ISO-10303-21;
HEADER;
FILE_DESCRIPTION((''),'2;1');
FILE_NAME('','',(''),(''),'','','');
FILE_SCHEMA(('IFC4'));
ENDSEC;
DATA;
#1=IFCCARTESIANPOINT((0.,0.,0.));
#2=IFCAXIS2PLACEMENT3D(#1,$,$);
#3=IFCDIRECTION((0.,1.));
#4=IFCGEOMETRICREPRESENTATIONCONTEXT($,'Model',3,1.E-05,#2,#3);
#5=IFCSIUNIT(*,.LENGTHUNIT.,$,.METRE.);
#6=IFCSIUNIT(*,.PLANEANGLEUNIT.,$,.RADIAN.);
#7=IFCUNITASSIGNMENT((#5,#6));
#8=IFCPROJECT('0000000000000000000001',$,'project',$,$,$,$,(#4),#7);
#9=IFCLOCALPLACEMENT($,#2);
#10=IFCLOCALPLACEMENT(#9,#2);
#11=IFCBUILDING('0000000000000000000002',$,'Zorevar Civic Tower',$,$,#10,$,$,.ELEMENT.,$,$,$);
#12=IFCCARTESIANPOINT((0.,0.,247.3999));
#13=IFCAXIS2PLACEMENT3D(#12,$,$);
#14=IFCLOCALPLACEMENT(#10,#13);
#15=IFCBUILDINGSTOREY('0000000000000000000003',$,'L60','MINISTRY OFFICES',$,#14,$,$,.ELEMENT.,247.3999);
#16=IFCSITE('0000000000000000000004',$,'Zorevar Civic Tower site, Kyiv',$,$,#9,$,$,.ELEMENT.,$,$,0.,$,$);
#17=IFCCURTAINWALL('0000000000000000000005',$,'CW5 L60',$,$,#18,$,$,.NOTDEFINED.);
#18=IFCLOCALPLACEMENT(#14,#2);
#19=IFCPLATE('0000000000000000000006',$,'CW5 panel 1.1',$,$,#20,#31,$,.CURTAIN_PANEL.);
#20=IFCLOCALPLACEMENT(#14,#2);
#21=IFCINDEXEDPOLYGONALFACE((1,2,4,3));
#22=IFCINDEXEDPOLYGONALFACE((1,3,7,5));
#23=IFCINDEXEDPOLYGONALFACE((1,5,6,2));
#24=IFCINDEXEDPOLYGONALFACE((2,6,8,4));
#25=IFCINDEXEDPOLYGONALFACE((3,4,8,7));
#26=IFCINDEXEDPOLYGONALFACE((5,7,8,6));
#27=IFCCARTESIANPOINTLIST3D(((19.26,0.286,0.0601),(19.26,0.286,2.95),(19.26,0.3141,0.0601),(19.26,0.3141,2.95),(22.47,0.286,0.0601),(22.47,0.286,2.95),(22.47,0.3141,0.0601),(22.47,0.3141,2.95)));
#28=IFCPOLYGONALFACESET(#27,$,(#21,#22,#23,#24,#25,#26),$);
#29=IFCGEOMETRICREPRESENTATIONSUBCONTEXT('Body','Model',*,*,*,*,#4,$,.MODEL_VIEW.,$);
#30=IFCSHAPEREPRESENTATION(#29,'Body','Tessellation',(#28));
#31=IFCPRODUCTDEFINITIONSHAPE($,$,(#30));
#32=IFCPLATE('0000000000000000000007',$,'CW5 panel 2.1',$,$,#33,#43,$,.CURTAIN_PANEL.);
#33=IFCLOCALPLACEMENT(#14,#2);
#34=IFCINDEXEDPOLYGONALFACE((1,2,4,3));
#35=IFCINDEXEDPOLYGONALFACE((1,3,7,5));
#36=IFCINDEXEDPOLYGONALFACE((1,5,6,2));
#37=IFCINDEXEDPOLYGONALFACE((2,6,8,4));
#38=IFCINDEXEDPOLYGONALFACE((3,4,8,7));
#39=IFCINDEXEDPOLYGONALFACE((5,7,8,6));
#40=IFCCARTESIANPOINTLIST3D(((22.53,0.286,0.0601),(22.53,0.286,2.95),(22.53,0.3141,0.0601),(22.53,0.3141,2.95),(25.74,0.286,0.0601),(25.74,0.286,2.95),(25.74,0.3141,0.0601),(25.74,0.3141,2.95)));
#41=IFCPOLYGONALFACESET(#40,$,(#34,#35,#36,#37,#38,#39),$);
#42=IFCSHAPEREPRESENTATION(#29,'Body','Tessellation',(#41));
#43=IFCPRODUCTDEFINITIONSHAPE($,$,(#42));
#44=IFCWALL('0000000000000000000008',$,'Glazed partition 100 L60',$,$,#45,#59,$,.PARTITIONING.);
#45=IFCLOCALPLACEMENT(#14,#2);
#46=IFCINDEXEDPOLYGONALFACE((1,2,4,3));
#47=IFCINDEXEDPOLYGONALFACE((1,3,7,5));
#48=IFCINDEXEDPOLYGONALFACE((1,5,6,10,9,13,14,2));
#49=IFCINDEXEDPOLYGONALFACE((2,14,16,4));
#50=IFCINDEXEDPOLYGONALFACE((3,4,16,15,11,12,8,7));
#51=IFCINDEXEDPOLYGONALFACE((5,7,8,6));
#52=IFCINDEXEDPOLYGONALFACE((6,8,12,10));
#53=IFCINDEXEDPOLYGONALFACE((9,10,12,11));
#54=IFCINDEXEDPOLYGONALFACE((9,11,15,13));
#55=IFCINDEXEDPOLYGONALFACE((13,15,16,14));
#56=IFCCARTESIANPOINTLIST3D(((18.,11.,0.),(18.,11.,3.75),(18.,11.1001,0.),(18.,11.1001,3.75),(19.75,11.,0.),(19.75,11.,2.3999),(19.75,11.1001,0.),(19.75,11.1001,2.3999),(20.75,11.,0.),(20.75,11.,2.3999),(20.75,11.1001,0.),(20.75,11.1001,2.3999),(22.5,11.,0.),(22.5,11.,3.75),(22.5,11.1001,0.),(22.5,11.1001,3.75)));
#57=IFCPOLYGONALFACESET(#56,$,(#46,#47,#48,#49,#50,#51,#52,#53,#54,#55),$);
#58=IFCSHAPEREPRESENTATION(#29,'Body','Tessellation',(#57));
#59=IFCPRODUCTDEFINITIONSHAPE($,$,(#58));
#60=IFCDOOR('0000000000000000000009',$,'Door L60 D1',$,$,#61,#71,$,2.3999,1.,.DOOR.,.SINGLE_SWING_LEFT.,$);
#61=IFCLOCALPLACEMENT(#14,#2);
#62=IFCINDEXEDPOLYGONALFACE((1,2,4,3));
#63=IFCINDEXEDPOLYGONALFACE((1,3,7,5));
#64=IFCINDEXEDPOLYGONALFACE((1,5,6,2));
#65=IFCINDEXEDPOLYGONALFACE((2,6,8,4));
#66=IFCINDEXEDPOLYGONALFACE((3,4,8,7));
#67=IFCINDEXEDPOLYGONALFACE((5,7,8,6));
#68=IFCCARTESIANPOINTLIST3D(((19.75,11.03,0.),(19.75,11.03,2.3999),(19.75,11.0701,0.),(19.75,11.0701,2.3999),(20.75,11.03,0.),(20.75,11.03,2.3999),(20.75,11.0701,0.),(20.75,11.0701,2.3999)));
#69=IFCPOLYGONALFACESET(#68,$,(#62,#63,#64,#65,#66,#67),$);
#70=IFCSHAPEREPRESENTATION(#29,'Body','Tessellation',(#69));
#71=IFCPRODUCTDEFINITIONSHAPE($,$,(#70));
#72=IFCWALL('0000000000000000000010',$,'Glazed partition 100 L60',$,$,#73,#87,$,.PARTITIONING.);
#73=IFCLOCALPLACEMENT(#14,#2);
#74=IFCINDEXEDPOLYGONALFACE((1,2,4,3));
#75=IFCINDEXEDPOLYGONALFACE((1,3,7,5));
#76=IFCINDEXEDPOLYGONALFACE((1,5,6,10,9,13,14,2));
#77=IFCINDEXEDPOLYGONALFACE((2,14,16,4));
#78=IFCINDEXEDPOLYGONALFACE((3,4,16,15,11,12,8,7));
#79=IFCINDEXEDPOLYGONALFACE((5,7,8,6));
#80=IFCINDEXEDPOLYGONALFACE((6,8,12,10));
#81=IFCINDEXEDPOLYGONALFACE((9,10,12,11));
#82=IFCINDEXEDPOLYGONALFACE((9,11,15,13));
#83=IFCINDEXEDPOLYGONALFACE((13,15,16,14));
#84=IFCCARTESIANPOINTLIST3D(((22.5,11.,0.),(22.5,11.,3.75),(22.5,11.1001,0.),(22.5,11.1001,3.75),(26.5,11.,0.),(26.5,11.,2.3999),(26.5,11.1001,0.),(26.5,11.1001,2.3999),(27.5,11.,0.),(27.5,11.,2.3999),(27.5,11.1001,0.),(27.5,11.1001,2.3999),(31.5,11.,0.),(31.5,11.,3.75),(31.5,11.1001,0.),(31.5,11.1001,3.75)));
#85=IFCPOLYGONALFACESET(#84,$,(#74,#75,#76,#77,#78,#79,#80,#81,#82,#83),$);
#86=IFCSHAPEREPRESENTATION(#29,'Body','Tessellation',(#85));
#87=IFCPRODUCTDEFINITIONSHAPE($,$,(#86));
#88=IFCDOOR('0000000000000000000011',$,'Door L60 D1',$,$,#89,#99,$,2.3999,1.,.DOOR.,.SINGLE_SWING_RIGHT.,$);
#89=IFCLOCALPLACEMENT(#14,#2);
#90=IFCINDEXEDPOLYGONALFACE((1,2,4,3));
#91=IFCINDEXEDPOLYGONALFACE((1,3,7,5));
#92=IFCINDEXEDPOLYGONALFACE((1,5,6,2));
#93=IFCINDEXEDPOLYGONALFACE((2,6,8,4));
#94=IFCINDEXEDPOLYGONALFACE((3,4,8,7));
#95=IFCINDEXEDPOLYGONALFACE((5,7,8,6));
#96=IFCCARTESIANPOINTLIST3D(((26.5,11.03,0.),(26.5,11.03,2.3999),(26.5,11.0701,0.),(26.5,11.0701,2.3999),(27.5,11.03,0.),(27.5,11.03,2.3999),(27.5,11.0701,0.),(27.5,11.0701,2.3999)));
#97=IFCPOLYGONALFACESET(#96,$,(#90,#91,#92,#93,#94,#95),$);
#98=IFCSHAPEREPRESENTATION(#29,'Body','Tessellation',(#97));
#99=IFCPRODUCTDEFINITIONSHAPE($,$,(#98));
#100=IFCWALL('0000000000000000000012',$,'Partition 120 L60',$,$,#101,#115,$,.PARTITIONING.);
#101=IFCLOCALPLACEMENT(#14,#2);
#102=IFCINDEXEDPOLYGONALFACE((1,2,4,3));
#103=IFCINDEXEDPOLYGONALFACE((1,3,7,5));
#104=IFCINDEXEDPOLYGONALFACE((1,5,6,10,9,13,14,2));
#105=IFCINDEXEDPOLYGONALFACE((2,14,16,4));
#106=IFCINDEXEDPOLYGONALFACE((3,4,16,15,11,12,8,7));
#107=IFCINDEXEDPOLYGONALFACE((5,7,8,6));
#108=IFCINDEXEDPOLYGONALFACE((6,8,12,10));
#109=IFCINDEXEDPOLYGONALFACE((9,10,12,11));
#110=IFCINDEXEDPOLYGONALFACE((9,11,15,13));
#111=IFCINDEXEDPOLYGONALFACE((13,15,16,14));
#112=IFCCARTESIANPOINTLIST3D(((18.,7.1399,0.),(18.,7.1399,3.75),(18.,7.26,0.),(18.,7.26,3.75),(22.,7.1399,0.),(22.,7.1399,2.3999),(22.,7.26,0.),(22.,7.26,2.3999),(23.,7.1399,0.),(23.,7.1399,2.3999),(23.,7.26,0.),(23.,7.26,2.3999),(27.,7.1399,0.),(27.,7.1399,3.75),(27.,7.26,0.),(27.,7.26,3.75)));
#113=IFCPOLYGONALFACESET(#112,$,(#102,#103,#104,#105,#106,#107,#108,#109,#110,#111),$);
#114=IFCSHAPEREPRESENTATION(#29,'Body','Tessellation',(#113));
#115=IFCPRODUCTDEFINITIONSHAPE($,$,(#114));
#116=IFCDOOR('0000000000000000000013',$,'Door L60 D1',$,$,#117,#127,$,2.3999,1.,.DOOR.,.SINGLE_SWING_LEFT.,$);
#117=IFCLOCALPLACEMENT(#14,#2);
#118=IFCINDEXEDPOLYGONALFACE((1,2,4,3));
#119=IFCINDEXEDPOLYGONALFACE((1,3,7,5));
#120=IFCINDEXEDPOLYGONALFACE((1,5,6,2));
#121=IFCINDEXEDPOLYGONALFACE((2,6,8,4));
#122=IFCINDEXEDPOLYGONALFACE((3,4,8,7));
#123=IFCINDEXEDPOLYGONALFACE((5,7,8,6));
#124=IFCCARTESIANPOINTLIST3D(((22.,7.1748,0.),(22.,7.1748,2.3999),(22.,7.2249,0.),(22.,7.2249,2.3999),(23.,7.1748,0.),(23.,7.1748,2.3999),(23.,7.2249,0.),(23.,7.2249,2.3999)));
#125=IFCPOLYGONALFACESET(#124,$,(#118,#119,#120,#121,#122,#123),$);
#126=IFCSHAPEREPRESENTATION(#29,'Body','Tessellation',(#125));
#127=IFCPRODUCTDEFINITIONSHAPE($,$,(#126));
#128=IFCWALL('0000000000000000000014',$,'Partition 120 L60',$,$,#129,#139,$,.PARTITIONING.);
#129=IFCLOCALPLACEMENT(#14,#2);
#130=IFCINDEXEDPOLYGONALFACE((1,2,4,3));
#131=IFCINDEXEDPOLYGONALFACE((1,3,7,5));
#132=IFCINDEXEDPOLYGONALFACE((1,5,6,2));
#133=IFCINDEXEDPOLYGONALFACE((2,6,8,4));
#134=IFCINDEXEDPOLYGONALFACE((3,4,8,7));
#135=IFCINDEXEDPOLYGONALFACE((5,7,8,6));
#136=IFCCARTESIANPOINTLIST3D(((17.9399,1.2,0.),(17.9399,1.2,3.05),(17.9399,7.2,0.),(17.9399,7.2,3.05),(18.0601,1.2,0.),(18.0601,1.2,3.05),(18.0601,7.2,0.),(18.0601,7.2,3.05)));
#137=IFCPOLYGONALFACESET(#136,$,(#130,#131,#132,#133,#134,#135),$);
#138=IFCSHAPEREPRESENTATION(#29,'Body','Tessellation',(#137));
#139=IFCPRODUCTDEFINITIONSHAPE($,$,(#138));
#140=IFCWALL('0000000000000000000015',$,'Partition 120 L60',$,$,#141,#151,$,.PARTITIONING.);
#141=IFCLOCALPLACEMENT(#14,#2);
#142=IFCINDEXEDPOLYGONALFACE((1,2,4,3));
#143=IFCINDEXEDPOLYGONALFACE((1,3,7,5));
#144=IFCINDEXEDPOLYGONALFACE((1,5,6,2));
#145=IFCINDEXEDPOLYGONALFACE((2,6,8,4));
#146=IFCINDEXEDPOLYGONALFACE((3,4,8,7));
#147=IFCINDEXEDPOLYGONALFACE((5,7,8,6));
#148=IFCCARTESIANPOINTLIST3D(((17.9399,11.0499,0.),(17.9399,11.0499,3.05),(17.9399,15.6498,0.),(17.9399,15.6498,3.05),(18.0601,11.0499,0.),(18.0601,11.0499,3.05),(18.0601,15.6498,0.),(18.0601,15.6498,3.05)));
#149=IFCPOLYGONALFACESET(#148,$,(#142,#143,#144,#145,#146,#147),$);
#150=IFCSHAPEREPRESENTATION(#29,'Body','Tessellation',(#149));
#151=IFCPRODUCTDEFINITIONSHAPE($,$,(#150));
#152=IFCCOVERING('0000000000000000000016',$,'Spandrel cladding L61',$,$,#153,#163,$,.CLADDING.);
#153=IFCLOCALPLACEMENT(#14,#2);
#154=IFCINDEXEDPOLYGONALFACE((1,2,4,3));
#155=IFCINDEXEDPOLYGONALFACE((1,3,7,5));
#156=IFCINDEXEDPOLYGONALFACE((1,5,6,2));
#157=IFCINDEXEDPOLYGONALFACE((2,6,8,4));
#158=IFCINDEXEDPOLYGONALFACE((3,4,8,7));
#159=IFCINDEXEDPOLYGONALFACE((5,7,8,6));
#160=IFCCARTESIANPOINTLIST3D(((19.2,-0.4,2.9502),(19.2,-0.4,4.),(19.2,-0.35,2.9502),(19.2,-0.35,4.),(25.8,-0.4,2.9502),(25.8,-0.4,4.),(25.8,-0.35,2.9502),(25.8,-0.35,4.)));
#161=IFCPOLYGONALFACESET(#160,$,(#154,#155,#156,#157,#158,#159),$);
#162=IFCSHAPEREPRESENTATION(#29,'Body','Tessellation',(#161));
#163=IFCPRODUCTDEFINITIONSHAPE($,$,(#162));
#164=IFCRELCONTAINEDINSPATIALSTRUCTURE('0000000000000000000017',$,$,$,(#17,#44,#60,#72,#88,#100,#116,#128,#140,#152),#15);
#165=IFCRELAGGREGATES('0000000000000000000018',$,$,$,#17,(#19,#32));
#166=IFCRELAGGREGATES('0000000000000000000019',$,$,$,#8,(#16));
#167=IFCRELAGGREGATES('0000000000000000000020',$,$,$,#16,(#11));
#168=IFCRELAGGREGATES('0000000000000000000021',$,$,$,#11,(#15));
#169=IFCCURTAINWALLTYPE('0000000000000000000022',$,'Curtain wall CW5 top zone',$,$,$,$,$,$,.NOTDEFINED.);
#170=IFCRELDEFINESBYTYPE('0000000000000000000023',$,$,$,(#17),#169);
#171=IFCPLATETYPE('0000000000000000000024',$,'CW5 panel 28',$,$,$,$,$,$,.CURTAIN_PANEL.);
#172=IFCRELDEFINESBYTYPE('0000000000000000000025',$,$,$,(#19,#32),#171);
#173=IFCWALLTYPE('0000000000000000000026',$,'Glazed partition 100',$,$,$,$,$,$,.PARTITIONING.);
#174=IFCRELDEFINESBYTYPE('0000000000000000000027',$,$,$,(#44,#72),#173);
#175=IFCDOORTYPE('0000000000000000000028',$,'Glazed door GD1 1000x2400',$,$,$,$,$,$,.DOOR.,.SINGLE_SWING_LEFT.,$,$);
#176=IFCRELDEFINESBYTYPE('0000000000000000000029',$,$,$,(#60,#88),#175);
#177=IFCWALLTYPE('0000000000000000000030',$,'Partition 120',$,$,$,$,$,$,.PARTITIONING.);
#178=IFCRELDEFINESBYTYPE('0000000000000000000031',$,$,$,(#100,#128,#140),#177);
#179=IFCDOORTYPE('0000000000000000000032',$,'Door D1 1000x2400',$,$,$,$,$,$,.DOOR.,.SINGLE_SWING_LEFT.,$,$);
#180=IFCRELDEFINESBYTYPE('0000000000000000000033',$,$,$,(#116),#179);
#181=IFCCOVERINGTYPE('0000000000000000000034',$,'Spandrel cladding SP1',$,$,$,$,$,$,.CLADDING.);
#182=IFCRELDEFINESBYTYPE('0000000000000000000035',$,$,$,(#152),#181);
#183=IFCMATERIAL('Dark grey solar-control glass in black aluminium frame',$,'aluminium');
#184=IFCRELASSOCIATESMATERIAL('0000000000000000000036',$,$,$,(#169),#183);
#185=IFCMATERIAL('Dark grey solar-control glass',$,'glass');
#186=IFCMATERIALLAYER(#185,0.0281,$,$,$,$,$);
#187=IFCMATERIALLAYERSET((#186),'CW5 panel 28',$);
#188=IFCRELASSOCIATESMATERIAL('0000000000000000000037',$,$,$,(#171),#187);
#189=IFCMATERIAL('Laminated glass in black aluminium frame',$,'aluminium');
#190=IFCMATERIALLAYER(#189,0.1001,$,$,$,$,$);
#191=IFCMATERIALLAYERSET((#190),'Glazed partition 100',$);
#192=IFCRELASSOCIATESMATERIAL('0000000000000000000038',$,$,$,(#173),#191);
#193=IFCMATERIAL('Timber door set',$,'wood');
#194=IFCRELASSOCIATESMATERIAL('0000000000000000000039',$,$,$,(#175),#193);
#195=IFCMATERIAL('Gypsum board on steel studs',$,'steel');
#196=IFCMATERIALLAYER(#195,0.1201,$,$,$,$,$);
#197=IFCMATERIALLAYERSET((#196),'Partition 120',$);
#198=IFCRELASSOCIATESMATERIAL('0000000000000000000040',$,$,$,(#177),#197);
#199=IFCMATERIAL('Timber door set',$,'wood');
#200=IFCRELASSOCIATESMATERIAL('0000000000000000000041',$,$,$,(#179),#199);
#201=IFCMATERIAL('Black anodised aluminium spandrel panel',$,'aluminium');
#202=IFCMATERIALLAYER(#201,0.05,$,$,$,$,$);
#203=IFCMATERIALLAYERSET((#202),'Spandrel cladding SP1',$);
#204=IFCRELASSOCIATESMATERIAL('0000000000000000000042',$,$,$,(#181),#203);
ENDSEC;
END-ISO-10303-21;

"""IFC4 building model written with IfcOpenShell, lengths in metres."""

from ifc_helpers import new_model, si_unit, direction, frame, frame_2d, origin, origin_2d, place, context, subcontext, project, spatial, rectangle, extrude, material, layer, layer_set, type_object, element, fill, aggregate, save


model = new_model("IFC4")

# Units and contexts
model_context = context("Model", 3, precision=1e-05, world=origin(), true_north=direction((0.0, 1.0)))
body_context = subcontext(model_context, "Body", "Model", "MODEL_VIEW")
ifc_project = project(units=[si_unit("LENGTHUNIT", "METRE"), si_unit("PLANEANGLEUNIT", "RADIAN")], contexts=[model_context])

# Site, building, storey
site_placement = place(None, origin())
site = spatial("IfcSite", under=ifc_project, at=site_placement, Name="Zorevar Civic Tower site, Kyiv", CompositionType="ELEMENT", RefElevation=0.0)
building_placement = place(site_placement, origin())
building = spatial("IfcBuilding", under=site, at=building_placement, Name="Zorevar Civic Tower", CompositionType="ELEMENT")
storey_placement = place(building_placement, frame((0.0, 0.0, 247.3999)))
storey = spatial("IfcBuildingStorey", under=building, at=storey_placement, Name="L60", Description="MINISTRY OFFICES", CompositionType="ELEMENT", Elevation=247.3999)

# Curtain wall
ifc_material_1 = material(Name="Dark grey solar-control glass in black aluminium frame", Category="aluminium")
curtain_wall_type = type_object("IfcCurtainWallType", Name="Curtain wall CW5 top zone", PredefinedType="NOTDEFINED", material=ifc_material_1)
curtain_wall_placement = place(storey_placement, origin())
curtain_wall = element("IfcCurtainWall", 1, at=curtain_wall_placement, inside=storey, type_object=curtain_wall_type, Name="CW5 L60", PredefinedType="NOTDEFINED")

# Plates
ifc_material_2 = material(Name="Dark grey solar-control glass", Category="glass")
ifc_layer_1 = layer(ifc_material_2, 0.0281)
ifc_layer_set_1 = layer_set([ifc_layer_1], Name="CW5 panel 28")
plate_type = type_object("IfcPlateType", Name="CW5 panel 28", PredefinedType="CURTAIN_PANEL", material=ifc_layer_set_1)
plate_1_placement = place(storey_placement, frame((20.865, 0.3, 0.0601), z_axis=(0.0, 0.0, 1.0), x_axis=(1.0, 0.0, 0.0)))
plate_1 = element("IfcPlate", 2, at=plate_1_placement, type_object=plate_type, Name="CW5 panel 1.1", PredefinedType="CURTAIN_PANEL", context=body_context, shape_type="SweptSolid", body=[
    extrude(rectangle(XDim=3.21, YDim=0.0281, at=origin_2d()), origin(), (0.0, 0.0, 1.0), 2.8899),
])
plate_2_placement = place(storey_placement, frame((24.135, 0.3, 0.0601), z_axis=(0.0, 0.0, 1.0), x_axis=(1.0, 0.0, 0.0)))
plate_2 = element("IfcPlate", 3, at=plate_2_placement, type_object=plate_type, Name="CW5 panel 2.1", PredefinedType="CURTAIN_PANEL", context=body_context, shape_type="SweptSolid", body=[
    extrude(rectangle(XDim=3.21, YDim=0.0281, at=origin_2d()), origin(), (0.0, 0.0, 1.0), 2.8899),
])
aggregate(curtain_wall, [plate_1, plate_2])

# Walls, openings, doors
ifc_material_3 = material(Name="Laminated glass in black aluminium frame", Category="aluminium")
ifc_layer_2 = layer(ifc_material_3, 0.1001)
ifc_layer_set_2 = layer_set([ifc_layer_2], Name="Glazed partition 100")
wall_type_1 = type_object("IfcWallType", Name="Glazed partition 100", PredefinedType="PARTITIONING", material=ifc_layer_set_2)
wall_1_placement = place(storey_placement, frame((18.0, 11.05, 0.0), z_axis=(0.0, 0.0, 1.0), x_axis=(1.0, 0.0, 0.0)))
wall_1 = element("IfcWall", 4, at=wall_1_placement, inside=storey, type_object=wall_type_1, Name="Glazed partition 100 L60", PredefinedType="PARTITIONING", context=body_context, shape_type="SweptSolid", body=[
    extrude(rectangle(XDim=4.5, YDim=0.1001, at=frame_2d((2.25, 0.0))), origin(), (0.0, 0.0, 1.0), 3.75),
])
opening_1_placement = place(wall_1_placement, frame((1.75, 0.0, 0.0)))
opening_1 = element("IfcOpeningElement", 5, at=opening_1_placement, cuts=wall_1, PredefinedType="OPENING", context=body_context, shape_type="SweptSolid", body=[
    extrude(rectangle(XDim=1.0, YDim=2.3999, at=frame_2d((0.5, 1.2))), frame((0.0, 0.0601, 0.0), z_axis=(0.0, -1.0, 0.0), x_axis=(1.0, 0.0, 0.0)), (0.0, 0.0, 1.0), 0.1201),
])
ifc_material_4 = material(Name="Timber door set", Category="wood")
door_type_1 = type_object("IfcDoorType", Name="Glazed door GD1 1000x2400", OperationType="SINGLE_SWING_LEFT", PredefinedType="DOOR", material=ifc_material_4)
door_1_placement = place(opening_1_placement, origin())
door_1 = element("IfcDoor", 6, at=door_1_placement, inside=storey, type_object=door_type_1, Name="Door L60 D1", OperationType="SINGLE_SWING_LEFT", OverallHeight=2.3999, OverallWidth=1.0, PredefinedType="DOOR", context=body_context, shape_type="SweptSolid", body=[
    extrude(rectangle(XDim=1.0, YDim=2.3999, at=frame_2d((0.5, 1.2))), frame((0.0, 0.02, 0.0), z_axis=(0.0, -1.0, 0.0), x_axis=(1.0, 0.0, 0.0)), (0.0, 0.0, 1.0), 0.04),
])
fill(opening_1, door_1)
wall_2_placement = place(storey_placement, frame((22.5, 11.05, 0.0), z_axis=(0.0, 0.0, 1.0), x_axis=(1.0, 0.0, 0.0)))
wall_2 = element("IfcWall", 7, at=wall_2_placement, inside=storey, type_object=wall_type_1, Name="Glazed partition 100 L60", PredefinedType="PARTITIONING", context=body_context, shape_type="SweptSolid", body=[
    extrude(rectangle(XDim=9.0, YDim=0.1001, at=frame_2d((4.5, 0.0))), origin(), (0.0, 0.0, 1.0), 3.75),
])
opening_2_placement = place(wall_2_placement, frame((4.0, 0.0, 0.0)))
opening_2 = element("IfcOpeningElement", 8, at=opening_2_placement, cuts=wall_2, PredefinedType="OPENING", context=body_context, shape_type="SweptSolid", body=[
    extrude(rectangle(XDim=1.0, YDim=2.3999, at=frame_2d((0.5, 1.2))), frame((0.0, 0.0601, 0.0), z_axis=(0.0, -1.0, 0.0), x_axis=(1.0, 0.0, 0.0)), (0.0, 0.0, 1.0), 0.1201),
])
door_2_placement = place(opening_2_placement, origin())
door_2 = element("IfcDoor", 9, at=door_2_placement, inside=storey, type_object=door_type_1, Name="Door L60 D1", OperationType="SINGLE_SWING_RIGHT", OverallHeight=2.3999, OverallWidth=1.0, PredefinedType="DOOR", context=body_context, shape_type="SweptSolid", body=[
    extrude(rectangle(XDim=1.0, YDim=2.3999, at=frame_2d((0.5, 1.2))), frame((0.0, 0.02, 0.0), z_axis=(0.0, -1.0, 0.0), x_axis=(1.0, 0.0, 0.0)), (0.0, 0.0, 1.0), 0.04),
])
fill(opening_2, door_2)
ifc_material_5 = material(Name="Gypsum board on steel studs", Category="steel")
ifc_layer_3 = layer(ifc_material_5, 0.1201)
ifc_layer_set_3 = layer_set([ifc_layer_3], Name="Partition 120")
wall_type_2 = type_object("IfcWallType", Name="Partition 120", PredefinedType="PARTITIONING", material=ifc_layer_set_3)
wall_3_placement = place(storey_placement, frame((18.0, 7.2, 0.0), z_axis=(0.0, 0.0, 1.0), x_axis=(1.0, 0.0, 0.0)))
wall_3 = element("IfcWall", 10, at=wall_3_placement, inside=storey, type_object=wall_type_2, Name="Partition 120 L60", PredefinedType="PARTITIONING", context=body_context, shape_type="SweptSolid", body=[
    extrude(rectangle(XDim=9.0, YDim=0.1201, at=frame_2d((4.5, 0.0))), origin(), (0.0, 0.0, 1.0), 3.75),
])
opening_3_placement = place(wall_3_placement, frame((4.0, 0.0, 0.0)))
opening_3 = element("IfcOpeningElement", 11, at=opening_3_placement, cuts=wall_3, PredefinedType="OPENING", context=body_context, shape_type="SweptSolid", body=[
    extrude(rectangle(XDim=1.0, YDim=2.3999, at=frame_2d((0.5, 1.2))), frame((0.0, 0.0701, 0.0), z_axis=(0.0, -1.0, 0.0), x_axis=(1.0, 0.0, 0.0)), (0.0, 0.0, 1.0), 0.1401),
])
ifc_material_6 = material(Name="Timber door set", Category="wood")
door_type_2 = type_object("IfcDoorType", Name="Door D1 1000x2400", OperationType="SINGLE_SWING_LEFT", PredefinedType="DOOR", material=ifc_material_6)
door_3_placement = place(opening_3_placement, origin())
door_3 = element("IfcDoor", 12, at=door_3_placement, inside=storey, type_object=door_type_2, Name="Door L60 D1", OperationType="SINGLE_SWING_LEFT", OverallHeight=2.3999, OverallWidth=1.0, PredefinedType="DOOR", context=body_context, shape_type="SweptSolid", body=[
    extrude(rectangle(XDim=1.0, YDim=2.3999, at=frame_2d((0.5, 1.2))), frame((0.0, 0.0249, 0.0), z_axis=(0.0, -1.0, 0.0), x_axis=(1.0, 0.0, 0.0)), (0.0, 0.0, 1.0), 0.05),
])
fill(opening_3, door_3)

# Walls
wall_4_placement = place(storey_placement, frame((18.0, 1.2, 0.0), z_axis=(0.0, 0.0, 1.0), x_axis=(0.0, 1.0, 0.0)))
element("IfcWall", 13, at=wall_4_placement, inside=storey, type_object=wall_type_2, Name="Partition 120 L60", PredefinedType="PARTITIONING", context=body_context, shape_type="SweptSolid", body=[
    extrude(rectangle(XDim=6.0, YDim=0.1201, at=frame_2d((3.0, 0.0))), origin(), (0.0, 0.0, 1.0), 3.05),
])
wall_5_placement = place(storey_placement, frame((18.0, 11.05, 0.0), z_axis=(0.0, 0.0, 1.0), x_axis=(0.0, 1.0, 0.0)))
element("IfcWall", 14, at=wall_5_placement, inside=storey, type_object=wall_type_2, Name="Partition 120 L60", PredefinedType="PARTITIONING", context=body_context, shape_type="SweptSolid", body=[
    extrude(rectangle(XDim=4.5999, YDim=0.1201, at=frame_2d((2.2998, 0.0))), origin(), (0.0, 0.0, 1.0), 3.05),
])

# Covering
ifc_material_7 = material(Name="Black anodised aluminium spandrel panel", Category="aluminium")
ifc_layer_4 = layer(ifc_material_7, 0.05)
ifc_layer_set_4 = layer_set([ifc_layer_4], Name="Spandrel cladding SP1")
covering_type = type_object("IfcCoveringType", Name="Spandrel cladding SP1", PredefinedType="CLADDING", material=ifc_layer_set_4)
covering_placement = place(storey_placement, frame((19.2, -0.375, 2.9502), z_axis=(0.0, 0.0, 1.0), x_axis=(1.0, 0.0, 0.0)))
element("IfcCovering", 15, at=covering_placement, inside=storey, type_object=covering_type, Name="Spandrel cladding L61", PredefinedType="CLADDING", context=body_context, shape_type="SweptSolid", body=[
    extrude(rectangle(XDim=6.6001, YDim=0.05, at=frame_2d((3.3, 0.0))), origin(), (0.0, 0.0, 1.0), 1.0498),
])

save(model, "model.ifc")
